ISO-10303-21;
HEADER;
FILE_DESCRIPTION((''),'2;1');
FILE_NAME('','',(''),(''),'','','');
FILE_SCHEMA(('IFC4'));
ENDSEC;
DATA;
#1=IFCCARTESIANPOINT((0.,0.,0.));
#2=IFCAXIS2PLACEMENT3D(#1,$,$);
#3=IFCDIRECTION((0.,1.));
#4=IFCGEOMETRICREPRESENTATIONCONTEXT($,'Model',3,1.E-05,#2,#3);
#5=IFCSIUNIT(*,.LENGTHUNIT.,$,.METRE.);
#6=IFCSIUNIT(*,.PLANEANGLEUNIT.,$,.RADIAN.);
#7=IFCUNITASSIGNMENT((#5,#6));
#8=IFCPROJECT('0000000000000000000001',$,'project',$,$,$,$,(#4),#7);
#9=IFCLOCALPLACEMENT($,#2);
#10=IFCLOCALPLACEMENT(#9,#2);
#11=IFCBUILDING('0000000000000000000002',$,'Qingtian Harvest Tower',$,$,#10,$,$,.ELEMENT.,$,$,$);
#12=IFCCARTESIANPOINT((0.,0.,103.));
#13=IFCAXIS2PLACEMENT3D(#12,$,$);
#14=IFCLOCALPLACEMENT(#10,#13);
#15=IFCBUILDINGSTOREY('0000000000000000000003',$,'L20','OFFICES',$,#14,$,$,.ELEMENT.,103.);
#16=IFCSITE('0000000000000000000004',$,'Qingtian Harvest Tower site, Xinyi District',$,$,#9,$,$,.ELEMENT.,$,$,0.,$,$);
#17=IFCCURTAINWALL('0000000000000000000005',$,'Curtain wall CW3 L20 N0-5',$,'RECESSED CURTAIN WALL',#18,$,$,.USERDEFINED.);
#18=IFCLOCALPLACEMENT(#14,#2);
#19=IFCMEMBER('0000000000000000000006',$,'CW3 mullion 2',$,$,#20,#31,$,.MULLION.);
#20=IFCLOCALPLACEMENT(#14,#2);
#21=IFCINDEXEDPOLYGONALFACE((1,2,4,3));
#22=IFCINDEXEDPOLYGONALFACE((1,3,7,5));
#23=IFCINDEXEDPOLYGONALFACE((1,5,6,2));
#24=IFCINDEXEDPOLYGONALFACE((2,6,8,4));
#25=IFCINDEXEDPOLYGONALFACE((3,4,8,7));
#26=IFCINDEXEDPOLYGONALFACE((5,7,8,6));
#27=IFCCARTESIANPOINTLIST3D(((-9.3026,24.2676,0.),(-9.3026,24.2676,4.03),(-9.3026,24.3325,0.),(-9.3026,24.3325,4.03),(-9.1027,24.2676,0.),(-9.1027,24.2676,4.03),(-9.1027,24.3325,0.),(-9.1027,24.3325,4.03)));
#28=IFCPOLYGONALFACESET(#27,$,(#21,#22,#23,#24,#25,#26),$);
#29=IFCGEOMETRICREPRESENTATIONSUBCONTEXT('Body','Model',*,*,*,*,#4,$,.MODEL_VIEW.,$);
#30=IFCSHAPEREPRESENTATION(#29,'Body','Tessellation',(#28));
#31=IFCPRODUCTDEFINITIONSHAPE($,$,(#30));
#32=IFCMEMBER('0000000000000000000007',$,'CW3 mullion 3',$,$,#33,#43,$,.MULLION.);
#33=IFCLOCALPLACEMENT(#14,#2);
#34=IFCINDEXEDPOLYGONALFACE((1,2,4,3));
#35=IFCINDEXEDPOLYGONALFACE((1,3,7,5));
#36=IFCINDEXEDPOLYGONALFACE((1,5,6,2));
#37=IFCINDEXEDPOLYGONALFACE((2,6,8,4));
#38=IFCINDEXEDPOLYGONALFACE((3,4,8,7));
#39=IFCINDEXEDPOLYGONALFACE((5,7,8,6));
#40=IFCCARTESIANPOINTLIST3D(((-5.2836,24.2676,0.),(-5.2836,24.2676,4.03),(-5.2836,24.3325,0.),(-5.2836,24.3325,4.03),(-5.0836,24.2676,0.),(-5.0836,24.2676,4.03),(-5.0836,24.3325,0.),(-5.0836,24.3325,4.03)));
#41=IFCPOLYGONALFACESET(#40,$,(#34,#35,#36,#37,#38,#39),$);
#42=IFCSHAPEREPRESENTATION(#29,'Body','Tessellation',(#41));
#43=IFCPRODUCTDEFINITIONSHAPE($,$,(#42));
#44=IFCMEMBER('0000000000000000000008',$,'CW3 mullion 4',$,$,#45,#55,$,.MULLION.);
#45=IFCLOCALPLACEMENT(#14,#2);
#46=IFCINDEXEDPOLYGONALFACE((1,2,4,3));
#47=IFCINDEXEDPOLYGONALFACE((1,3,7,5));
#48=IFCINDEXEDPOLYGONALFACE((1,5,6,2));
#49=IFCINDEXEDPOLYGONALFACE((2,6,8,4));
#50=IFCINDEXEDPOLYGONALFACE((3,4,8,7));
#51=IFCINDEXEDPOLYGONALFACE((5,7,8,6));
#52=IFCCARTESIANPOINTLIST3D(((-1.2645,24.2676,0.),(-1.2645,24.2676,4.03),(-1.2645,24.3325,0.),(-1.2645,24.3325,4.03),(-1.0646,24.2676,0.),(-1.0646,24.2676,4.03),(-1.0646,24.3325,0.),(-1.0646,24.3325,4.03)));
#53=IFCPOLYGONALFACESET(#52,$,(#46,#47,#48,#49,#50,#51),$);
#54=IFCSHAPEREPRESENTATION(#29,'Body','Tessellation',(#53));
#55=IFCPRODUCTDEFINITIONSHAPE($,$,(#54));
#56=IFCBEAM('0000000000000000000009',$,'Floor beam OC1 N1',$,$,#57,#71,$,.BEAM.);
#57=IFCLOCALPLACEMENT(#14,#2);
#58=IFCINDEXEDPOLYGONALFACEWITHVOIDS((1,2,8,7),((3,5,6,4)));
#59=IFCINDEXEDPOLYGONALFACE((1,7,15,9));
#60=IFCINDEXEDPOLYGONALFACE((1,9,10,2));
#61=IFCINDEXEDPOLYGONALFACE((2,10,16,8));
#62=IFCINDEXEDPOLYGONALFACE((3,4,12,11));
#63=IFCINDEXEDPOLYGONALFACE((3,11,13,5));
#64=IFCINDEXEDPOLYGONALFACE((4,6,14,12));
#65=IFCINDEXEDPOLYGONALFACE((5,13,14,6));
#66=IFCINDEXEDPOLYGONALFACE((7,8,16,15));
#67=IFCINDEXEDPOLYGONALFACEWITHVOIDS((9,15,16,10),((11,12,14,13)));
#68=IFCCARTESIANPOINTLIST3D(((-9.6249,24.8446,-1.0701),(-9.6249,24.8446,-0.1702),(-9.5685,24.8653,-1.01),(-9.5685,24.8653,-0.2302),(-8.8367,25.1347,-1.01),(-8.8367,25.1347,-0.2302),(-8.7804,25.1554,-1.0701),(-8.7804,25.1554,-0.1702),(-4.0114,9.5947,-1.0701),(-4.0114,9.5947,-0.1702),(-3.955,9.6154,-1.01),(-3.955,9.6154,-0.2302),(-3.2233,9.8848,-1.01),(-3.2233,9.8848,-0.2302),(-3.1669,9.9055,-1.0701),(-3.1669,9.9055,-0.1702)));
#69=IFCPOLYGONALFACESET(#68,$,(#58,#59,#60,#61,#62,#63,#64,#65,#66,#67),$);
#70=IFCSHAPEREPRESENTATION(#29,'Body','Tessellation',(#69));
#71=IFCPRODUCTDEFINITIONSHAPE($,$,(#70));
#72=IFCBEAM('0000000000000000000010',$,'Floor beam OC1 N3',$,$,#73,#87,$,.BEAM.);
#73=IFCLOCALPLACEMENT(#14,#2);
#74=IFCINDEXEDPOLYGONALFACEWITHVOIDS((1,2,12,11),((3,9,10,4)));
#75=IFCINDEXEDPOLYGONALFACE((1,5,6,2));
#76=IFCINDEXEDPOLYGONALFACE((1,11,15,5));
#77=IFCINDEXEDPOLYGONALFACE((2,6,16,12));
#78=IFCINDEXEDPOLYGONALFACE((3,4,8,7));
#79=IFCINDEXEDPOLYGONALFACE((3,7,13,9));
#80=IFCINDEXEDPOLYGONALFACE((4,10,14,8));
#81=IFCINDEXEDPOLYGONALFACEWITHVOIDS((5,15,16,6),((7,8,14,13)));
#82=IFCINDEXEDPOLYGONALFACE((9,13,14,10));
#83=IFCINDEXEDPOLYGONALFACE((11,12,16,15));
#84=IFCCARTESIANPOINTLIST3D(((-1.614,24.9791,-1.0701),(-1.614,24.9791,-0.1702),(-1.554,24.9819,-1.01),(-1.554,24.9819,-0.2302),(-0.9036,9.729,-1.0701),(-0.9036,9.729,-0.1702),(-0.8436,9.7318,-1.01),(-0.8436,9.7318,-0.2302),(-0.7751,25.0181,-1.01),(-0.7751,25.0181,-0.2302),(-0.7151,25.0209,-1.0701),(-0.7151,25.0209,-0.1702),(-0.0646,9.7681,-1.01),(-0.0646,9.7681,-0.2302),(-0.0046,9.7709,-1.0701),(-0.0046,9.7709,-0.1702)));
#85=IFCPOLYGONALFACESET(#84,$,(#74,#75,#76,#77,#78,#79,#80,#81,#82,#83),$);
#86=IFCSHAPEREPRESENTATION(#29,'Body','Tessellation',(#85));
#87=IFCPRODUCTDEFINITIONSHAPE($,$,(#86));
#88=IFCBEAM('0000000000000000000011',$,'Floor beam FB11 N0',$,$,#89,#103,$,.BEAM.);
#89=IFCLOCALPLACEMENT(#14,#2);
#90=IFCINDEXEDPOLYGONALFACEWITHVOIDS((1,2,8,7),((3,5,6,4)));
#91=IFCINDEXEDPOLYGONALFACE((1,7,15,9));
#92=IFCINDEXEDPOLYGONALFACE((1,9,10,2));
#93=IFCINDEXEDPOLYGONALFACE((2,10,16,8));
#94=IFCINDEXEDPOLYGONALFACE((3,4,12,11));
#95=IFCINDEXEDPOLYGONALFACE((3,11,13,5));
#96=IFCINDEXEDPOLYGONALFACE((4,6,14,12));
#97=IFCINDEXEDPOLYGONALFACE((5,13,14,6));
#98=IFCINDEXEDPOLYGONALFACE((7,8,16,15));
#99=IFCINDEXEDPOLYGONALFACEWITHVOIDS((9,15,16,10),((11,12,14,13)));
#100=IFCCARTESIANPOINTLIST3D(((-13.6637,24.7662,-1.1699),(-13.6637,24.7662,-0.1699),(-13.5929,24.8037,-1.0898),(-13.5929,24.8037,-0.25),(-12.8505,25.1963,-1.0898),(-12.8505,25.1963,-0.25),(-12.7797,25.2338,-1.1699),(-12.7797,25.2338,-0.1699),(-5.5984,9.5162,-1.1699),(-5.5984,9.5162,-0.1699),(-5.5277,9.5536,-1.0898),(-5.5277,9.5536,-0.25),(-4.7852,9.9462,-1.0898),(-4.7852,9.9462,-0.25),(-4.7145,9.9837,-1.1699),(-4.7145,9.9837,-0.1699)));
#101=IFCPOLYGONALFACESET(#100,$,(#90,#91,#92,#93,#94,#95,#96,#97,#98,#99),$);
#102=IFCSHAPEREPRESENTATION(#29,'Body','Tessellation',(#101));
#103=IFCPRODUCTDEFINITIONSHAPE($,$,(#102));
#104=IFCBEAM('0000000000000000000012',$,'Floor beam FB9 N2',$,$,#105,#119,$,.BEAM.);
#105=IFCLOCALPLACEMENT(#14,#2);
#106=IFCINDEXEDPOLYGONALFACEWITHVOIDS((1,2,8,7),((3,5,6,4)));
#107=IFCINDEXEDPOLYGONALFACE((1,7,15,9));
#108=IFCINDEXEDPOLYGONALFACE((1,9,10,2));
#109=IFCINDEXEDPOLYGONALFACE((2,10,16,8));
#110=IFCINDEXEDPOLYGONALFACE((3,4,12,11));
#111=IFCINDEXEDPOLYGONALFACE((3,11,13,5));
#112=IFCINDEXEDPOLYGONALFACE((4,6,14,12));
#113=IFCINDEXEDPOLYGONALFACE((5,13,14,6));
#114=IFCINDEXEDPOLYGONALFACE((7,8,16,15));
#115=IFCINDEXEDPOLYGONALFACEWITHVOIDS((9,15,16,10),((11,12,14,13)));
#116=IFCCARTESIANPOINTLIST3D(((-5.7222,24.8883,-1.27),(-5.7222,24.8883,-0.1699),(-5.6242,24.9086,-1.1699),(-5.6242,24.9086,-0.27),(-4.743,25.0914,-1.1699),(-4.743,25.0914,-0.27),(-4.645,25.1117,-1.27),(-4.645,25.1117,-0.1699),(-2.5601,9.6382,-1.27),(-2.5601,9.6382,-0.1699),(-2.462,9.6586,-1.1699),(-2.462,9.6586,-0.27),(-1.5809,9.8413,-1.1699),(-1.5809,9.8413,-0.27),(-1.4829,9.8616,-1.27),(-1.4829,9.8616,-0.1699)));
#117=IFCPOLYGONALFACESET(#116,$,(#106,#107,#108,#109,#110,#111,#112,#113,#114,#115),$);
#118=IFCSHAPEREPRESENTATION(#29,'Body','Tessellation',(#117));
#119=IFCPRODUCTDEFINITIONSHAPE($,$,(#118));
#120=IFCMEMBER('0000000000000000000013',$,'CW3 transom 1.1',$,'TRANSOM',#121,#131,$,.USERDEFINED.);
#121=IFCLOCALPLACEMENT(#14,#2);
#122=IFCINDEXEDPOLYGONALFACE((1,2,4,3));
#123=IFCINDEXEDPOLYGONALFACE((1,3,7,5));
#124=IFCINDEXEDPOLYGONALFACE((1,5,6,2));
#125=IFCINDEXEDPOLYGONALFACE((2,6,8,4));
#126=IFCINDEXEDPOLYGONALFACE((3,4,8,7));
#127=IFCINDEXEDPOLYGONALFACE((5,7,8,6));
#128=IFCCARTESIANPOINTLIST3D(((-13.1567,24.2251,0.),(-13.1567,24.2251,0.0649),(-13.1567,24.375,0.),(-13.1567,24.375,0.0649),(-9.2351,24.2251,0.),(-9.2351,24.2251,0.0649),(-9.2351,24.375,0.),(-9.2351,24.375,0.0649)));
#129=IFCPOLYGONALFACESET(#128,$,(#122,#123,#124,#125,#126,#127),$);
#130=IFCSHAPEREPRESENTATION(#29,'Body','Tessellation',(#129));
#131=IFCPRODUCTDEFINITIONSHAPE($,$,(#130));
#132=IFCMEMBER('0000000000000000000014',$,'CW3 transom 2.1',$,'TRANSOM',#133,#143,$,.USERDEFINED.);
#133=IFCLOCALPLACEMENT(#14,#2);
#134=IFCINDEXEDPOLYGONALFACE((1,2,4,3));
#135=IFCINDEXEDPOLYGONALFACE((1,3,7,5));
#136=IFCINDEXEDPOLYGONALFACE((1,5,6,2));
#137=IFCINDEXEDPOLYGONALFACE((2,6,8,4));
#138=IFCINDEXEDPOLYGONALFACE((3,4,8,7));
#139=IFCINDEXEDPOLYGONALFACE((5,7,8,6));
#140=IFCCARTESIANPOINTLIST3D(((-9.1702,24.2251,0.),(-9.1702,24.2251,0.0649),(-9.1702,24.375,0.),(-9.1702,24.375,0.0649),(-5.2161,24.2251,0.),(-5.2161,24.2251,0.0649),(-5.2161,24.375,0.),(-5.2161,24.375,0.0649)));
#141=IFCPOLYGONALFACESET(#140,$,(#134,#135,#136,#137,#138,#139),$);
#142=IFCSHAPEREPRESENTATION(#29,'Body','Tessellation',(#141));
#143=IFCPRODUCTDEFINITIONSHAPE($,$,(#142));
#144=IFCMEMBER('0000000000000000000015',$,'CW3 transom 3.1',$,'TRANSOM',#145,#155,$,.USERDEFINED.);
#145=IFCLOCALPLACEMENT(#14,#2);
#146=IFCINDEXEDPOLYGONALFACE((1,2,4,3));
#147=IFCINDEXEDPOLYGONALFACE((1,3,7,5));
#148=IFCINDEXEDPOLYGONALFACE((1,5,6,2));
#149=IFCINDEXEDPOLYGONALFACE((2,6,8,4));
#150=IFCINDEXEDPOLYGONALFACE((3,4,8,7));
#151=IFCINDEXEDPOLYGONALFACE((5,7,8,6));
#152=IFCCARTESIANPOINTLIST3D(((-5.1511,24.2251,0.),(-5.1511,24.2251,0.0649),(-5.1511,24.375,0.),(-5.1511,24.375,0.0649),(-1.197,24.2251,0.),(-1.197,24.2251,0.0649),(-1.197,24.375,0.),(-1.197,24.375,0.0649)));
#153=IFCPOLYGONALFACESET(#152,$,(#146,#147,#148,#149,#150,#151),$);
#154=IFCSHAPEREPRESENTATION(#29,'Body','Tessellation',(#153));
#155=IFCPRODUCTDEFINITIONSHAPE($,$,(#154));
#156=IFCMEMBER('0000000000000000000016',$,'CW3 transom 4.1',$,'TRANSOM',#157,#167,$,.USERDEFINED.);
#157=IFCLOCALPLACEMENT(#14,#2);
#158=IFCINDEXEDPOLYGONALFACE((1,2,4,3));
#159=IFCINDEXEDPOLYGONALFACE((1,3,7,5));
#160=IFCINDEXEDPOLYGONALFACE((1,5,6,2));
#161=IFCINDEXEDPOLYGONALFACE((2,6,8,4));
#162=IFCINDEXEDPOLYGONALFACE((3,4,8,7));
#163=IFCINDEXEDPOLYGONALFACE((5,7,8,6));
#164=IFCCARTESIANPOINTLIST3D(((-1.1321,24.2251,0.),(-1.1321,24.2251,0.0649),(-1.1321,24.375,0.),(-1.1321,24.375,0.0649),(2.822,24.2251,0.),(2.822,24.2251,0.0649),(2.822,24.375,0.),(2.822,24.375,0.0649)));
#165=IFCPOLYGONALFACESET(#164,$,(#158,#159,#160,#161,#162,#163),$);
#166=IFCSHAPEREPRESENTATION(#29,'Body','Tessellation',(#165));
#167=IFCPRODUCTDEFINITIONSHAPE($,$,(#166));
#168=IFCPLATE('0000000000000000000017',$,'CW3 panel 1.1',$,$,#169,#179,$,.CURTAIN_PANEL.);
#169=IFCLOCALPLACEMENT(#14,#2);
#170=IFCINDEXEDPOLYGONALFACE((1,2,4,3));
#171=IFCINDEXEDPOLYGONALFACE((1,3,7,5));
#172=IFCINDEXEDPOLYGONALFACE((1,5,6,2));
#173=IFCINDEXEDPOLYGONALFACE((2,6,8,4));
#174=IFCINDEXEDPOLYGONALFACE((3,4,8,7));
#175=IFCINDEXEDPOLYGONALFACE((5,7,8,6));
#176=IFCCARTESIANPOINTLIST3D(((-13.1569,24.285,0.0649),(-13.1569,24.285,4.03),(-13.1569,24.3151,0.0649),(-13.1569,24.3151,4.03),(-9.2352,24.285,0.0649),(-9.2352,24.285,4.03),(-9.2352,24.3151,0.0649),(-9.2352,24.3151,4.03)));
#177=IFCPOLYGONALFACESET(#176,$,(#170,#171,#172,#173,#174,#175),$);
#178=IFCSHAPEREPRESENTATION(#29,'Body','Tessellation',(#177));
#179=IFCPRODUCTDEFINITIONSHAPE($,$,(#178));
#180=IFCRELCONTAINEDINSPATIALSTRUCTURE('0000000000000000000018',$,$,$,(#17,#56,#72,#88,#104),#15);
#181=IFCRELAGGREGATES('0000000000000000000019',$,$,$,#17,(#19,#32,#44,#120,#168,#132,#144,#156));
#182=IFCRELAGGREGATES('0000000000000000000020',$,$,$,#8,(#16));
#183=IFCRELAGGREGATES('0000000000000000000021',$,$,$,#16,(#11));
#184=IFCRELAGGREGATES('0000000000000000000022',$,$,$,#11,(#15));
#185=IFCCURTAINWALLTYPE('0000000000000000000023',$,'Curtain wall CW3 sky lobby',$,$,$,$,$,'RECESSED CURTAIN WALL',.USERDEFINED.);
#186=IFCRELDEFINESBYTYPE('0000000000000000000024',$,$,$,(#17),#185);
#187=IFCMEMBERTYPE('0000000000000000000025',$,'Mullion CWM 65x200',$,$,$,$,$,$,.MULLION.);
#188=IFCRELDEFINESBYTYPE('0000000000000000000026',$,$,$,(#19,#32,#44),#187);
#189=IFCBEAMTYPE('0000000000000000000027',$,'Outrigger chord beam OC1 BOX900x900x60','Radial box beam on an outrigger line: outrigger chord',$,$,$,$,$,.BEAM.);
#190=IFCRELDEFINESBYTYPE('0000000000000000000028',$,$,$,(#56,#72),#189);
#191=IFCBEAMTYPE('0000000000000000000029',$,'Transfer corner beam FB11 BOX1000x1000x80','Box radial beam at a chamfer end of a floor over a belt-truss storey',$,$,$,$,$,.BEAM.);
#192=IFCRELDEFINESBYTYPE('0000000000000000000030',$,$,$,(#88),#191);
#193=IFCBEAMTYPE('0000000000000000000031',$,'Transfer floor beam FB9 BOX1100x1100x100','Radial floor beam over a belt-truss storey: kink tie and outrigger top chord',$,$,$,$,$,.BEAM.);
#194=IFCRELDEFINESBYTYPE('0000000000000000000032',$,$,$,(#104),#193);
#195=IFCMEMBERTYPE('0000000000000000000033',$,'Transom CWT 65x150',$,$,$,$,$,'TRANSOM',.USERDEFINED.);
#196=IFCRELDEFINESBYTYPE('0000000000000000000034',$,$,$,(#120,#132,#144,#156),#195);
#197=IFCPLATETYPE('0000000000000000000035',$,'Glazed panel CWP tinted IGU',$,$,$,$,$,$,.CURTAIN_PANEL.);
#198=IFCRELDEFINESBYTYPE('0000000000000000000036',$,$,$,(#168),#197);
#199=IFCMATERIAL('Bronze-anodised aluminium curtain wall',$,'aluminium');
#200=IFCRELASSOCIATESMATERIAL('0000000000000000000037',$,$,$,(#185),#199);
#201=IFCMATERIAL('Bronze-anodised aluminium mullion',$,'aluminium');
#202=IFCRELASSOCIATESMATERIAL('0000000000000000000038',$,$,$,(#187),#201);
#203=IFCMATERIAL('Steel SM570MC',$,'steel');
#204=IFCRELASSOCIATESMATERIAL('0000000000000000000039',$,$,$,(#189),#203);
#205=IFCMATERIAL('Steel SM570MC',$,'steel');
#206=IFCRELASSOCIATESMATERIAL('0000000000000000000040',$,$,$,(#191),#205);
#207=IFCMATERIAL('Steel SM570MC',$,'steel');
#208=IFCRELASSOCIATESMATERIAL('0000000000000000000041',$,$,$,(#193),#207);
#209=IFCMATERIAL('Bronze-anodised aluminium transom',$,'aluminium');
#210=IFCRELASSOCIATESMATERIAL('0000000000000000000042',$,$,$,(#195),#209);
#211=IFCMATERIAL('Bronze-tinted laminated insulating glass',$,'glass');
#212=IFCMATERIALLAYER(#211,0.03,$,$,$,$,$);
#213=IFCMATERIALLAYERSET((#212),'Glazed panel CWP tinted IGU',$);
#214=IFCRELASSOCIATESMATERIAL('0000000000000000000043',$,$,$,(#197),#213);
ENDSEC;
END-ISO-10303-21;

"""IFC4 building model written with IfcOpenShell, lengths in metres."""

from ifc_helpers import new_model, si_unit, direction, frame, origin, origin_2d, place, context, subcontext, project, spatial, rectangle, hollow_rectangle, extrude, material, layer, layer_set, material_profile, profile_set, type_object, element, aggregate, save


model = new_model("IFC4")

# Units and contexts
model_context = context("Model", 3, precision=1e-05, world=origin(), true_north=direction((0.0, 1.0)))
body_context = subcontext(model_context, "Body", "Model", "MODEL_VIEW")
ifc_project = project(units=[si_unit("LENGTHUNIT", "METRE"), si_unit("PLANEANGLEUNIT", "RADIAN")], contexts=[model_context])

# Site, building, storey
site_placement = place(None, origin())
site = spatial("IfcSite", under=ifc_project, at=site_placement, Name="Qingtian Harvest Tower site, Xinyi District", CompositionType="ELEMENT", RefElevation=0.0)
building_placement = place(site_placement, origin())
building = spatial("IfcBuilding", under=site, at=building_placement, Name="Qingtian Harvest Tower", CompositionType="ELEMENT")
storey_placement = place(building_placement, frame((0.0, 0.0, 103.0)))
storey = spatial("IfcBuildingStorey", under=building, at=storey_placement, Name="L20", Description="OFFICES", CompositionType="ELEMENT", Elevation=103.0)

# Curtain wall, members
ifc_material_1 = material(Name="Bronze-anodised aluminium curtain wall", Category="aluminium")
curtain_wall_type = type_object("IfcCurtainWallType", Name="Curtain wall CW3 sky lobby", ElementType="RECESSED CURTAIN WALL", PredefinedType="USERDEFINED", material=ifc_material_1)
curtain_wall_placement = place(storey_placement, origin())
curtain_wall = element("IfcCurtainWall", 1, at=curtain_wall_placement, inside=storey, type_object=curtain_wall_type, Name="Curtain wall CW3 L20 N0-5", ObjectType="RECESSED CURTAIN WALL", PredefinedType="USERDEFINED")
ifc_material_2 = material(Name="Bronze-anodised aluminium mullion", Category="aluminium")
ifc_material_profile_1 = material_profile(ifc_material_2, rectangle(XDim=0.0649, YDim=0.2, at=origin_2d()), Name="AL 65x200")
ifc_profile_set_1 = profile_set([ifc_material_profile_1], Name="Bronze-anodised aluminium mullion")
member_type_1 = type_object("IfcMemberType", Name="Mullion CWM 65x200", PredefinedType="MULLION", material=ifc_profile_set_1)
member_1_placement = place(storey_placement, frame((-9.2026, 24.3, 0.0), z_axis=(0.0, 0.0, 1.0), x_axis=(0.0, 1.0, 0.0)))
member_1 = element("IfcMember", 2, at=member_1_placement, type_object=member_type_1, Name="CW3 mullion 2", PredefinedType="MULLION", context=body_context, shape_type="SweptSolid", body=[
    extrude(rectangle(XDim=0.0649, YDim=0.2, at=origin_2d()), origin(), (0.0, 0.0, 1.0), 4.03),
])
member_2_placement = place(storey_placement, frame((-5.1836, 24.3, 0.0), z_axis=(0.0, 0.0, 1.0), x_axis=(0.0, 1.0, 0.0)))
member_2 = element("IfcMember", 3, at=member_2_placement, type_object=member_type_1, Name="CW3 mullion 3", PredefinedType="MULLION", context=body_context, shape_type="SweptSolid", body=[
    extrude(rectangle(XDim=0.0649, YDim=0.2, at=origin_2d()), origin(), (0.0, 0.0, 1.0), 4.03),
])
member_3_placement = place(storey_placement, frame((-1.1646, 24.3, 0.0), z_axis=(0.0, 0.0, 1.0), x_axis=(0.0, 1.0, 0.0)))
member_3 = element("IfcMember", 4, at=member_3_placement, type_object=member_type_1, Name="CW3 mullion 4", PredefinedType="MULLION", context=body_context, shape_type="SweptSolid", body=[
    extrude(rectangle(XDim=0.0649, YDim=0.2, at=origin_2d()), origin(), (0.0, 0.0, 1.0), 4.03),
])

# Beams
ifc_material_3 = material(Name="Steel SM570MC", Category="steel")
ifc_material_profile_2 = material_profile(ifc_material_3, hollow_rectangle(XDim=0.8999, YDim=0.8999, WallThickness=0.0601, at=origin_2d()), Name="BOX900x900x60")
ifc_profile_set_2 = profile_set([ifc_material_profile_2], Name="Steel SM570MC")
beam_type_1 = type_object("IfcBeamType", Name="Outrigger chord beam OC1 BOX900x900x60", Description="Radial box beam on an outrigger line: outrigger chord", PredefinedType="BEAM", material=ifc_profile_set_2)
beam_1_placement = place(storey_placement, frame((-9.2026, 25.0, -0.6201), z_axis=(0.34544, -0.938441, 0.0), x_axis=(0.938441, 0.34544, 0.0)))
element("IfcBeam", 5, at=beam_1_placement, inside=storey, type_object=beam_type_1, Name="Floor beam OC1 N1", PredefinedType="BEAM", context=body_context, shape_type="SweptSolid", body=[
    extrude(hollow_rectangle(XDim=0.8999, YDim=0.8999, WallThickness=0.0601, at=origin_2d()), origin(), (0.0, 0.0, 1.0), 16.2502),
])
beam_2_placement = place(storey_placement, frame((-1.1646, 25.0, -0.6201), z_axis=(0.046536, -0.998917, 0.0), x_axis=(0.998917, 0.046536, 0.0)))
element("IfcBeam", 6, at=beam_2_placement, inside=storey, type_object=beam_type_1, Name="Floor beam OC1 N3", PredefinedType="BEAM", context=body_context, shape_type="SweptSolid", body=[
    extrude(hollow_rectangle(XDim=0.8999, YDim=0.8999, WallThickness=0.0601, at=origin_2d()), origin(), (0.0, 0.0, 1.0), 15.2666),
])
ifc_material_4 = material(Name="Steel SM570MC", Category="steel")
ifc_material_profile_3 = material_profile(ifc_material_4, hollow_rectangle(XDim=1.0, YDim=1.0, WallThickness=0.0801, at=origin_2d()), Name="BOX1000x1000x80")
ifc_profile_set_3 = profile_set([ifc_material_profile_3], Name="Steel SM570MC")
beam_type_2 = type_object("IfcBeamType", Name="Transfer corner beam FB11 BOX1000x1000x80", Description="Box radial beam at a chamfer end of a floor over a belt-truss storey", PredefinedType="BEAM", material=ifc_profile_set_3)
beam_3_placement = place(storey_placement, frame((-13.2217, 25.0, -0.6699), z_axis=(0.46751, -0.883988, 0.0), x_axis=(0.883988, 0.46751, 0.0)))
element("IfcBeam", 7, at=beam_3_placement, inside=storey, type_object=beam_type_2, Name="Floor beam FB11 N0", PredefinedType="BEAM", context=body_context, shape_type="SweptSolid", body=[
    extrude(hollow_rectangle(XDim=1.0, YDim=1.0, WallThickness=0.0801, at=origin_2d()), origin(), (0.0, 0.0, 1.0), 17.2515),
])
ifc_material_5 = material(Name="Steel SM570MC", Category="steel")
ifc_material_profile_4 = material_profile(ifc_material_5, hollow_rectangle(XDim=1.1001, YDim=1.1001, WallThickness=0.1001, at=origin_2d()), Name="BOX1100x1100x100")
ifc_profile_set_4 = profile_set([ifc_material_profile_4], Name="Steel SM570MC")
beam_type_3 = type_object("IfcBeamType", Name="Transfer floor beam FB9 BOX1100x1100x100", Description="Radial floor beam over a belt-truss storey: kink tie and outrigger top chord", PredefinedType="BEAM", material=ifc_profile_set_4)
beam_4_placement = place(storey_placement, frame((-5.1836, 25.0, -0.72), z_axis=(0.203033, -0.979172, 0.0), x_axis=(0.979172, 0.203033, 0.0)))
element("IfcBeam", 8, at=beam_4_placement, inside=storey, type_object=beam_type_3, Name="Floor beam FB9 N2", PredefinedType="BEAM", context=body_context, shape_type="SweptSolid", body=[
    extrude(hollow_rectangle(XDim=1.1001, YDim=1.1001, WallThickness=0.1001, at=origin_2d()), origin(), (0.0, 0.0, 1.0), 15.5745),
])

# Members
ifc_material_6 = material(Name="Bronze-anodised aluminium transom", Category="aluminium")
ifc_material_profile_5 = material_profile(ifc_material_6, rectangle(XDim=0.1499, YDim=0.0649, at=origin_2d()), Name="AL 65x150")
ifc_profile_set_5 = profile_set([ifc_material_profile_5], Name="Bronze-anodised aluminium transom")
member_type_2 = type_object("IfcMemberType", Name="Transom CWT 65x150", ElementType="TRANSOM", PredefinedType="USERDEFINED", material=ifc_profile_set_5)
member_4_placement = place(storey_placement, frame((-13.1567, 24.3, 0.0325), z_axis=(1.0, 0.0, 0.0), x_axis=(0.0, 1.0, 0.0)))
member_4 = element("IfcMember", 9, at=member_4_placement, type_object=member_type_2, Name="CW3 transom 1.1", ObjectType="TRANSOM", PredefinedType="USERDEFINED", context=body_context, shape_type="SweptSolid", body=[
    extrude(rectangle(XDim=0.1499, YDim=0.0649, at=origin_2d()), origin(), (0.0, 0.0, 1.0), 3.9216),
])
member_5_placement = place(storey_placement, frame((-9.1702, 24.3, 0.0325), z_axis=(1.0, 0.0, 0.0), x_axis=(0.0, 1.0, 0.0)))
member_5 = element("IfcMember", 10, at=member_5_placement, type_object=member_type_2, Name="CW3 transom 2.1", ObjectType="TRANSOM", PredefinedType="USERDEFINED", context=body_context, shape_type="SweptSolid", body=[
    extrude(rectangle(XDim=0.1499, YDim=0.0649, at=origin_2d()), origin(), (0.0, 0.0, 1.0), 3.9541),
])
member_6_placement = place(storey_placement, frame((-5.1511, 24.3, 0.0325), z_axis=(1.0, 0.0, 0.0), x_axis=(0.0, 1.0, 0.0)))
member_6 = element("IfcMember", 11, at=member_6_placement, type_object=member_type_2, Name="CW3 transom 3.1", ObjectType="TRANSOM", PredefinedType="USERDEFINED", context=body_context, shape_type="SweptSolid", body=[
    extrude(rectangle(XDim=0.1499, YDim=0.0649, at=origin_2d()), origin(), (0.0, 0.0, 1.0), 3.9541),
])
member_7_placement = place(storey_placement, frame((-1.1321, 24.3, 0.0325), z_axis=(1.0, 0.0, 0.0), x_axis=(0.0, 1.0, 0.0)))
member_7 = element("IfcMember", 12, at=member_7_placement, type_object=member_type_2, Name="CW3 transom 4.1", ObjectType="TRANSOM", PredefinedType="USERDEFINED", context=body_context, shape_type="SweptSolid", body=[
    extrude(rectangle(XDim=0.1499, YDim=0.0649, at=origin_2d()), origin(), (0.0, 0.0, 1.0), 3.9541),
])

# Plate
ifc_material_7 = material(Name="Bronze-tinted laminated insulating glass", Category="glass")
ifc_layer_1 = layer(ifc_material_7, 0.03)
ifc_layer_set_1 = layer_set([ifc_layer_1], Name="Glazed panel CWP tinted IGU")
plate_type = type_object("IfcPlateType", Name="Glazed panel CWP tinted IGU", PredefinedType="CURTAIN_PANEL", material=ifc_layer_set_1)
plate_1_placement = place(storey_placement, frame((-11.196, 24.3, 0.0649), z_axis=(0.0, 0.0, 1.0), x_axis=(1.0, 0.0, 0.0)))
plate_1 = element("IfcPlate", 13, at=plate_1_placement, type_object=plate_type, Name="CW3 panel 1.1", PredefinedType="CURTAIN_PANEL", context=body_context, shape_type="SweptSolid", body=[
    extrude(rectangle(XDim=3.9216, YDim=0.03, at=origin_2d()), origin(), (0.0, 0.0, 1.0), 3.9651),
])
aggregate(curtain_wall, [member_1, member_2, member_3, member_4, plate_1, member_5, member_6, member_7])

save(model, "model.ifc")
